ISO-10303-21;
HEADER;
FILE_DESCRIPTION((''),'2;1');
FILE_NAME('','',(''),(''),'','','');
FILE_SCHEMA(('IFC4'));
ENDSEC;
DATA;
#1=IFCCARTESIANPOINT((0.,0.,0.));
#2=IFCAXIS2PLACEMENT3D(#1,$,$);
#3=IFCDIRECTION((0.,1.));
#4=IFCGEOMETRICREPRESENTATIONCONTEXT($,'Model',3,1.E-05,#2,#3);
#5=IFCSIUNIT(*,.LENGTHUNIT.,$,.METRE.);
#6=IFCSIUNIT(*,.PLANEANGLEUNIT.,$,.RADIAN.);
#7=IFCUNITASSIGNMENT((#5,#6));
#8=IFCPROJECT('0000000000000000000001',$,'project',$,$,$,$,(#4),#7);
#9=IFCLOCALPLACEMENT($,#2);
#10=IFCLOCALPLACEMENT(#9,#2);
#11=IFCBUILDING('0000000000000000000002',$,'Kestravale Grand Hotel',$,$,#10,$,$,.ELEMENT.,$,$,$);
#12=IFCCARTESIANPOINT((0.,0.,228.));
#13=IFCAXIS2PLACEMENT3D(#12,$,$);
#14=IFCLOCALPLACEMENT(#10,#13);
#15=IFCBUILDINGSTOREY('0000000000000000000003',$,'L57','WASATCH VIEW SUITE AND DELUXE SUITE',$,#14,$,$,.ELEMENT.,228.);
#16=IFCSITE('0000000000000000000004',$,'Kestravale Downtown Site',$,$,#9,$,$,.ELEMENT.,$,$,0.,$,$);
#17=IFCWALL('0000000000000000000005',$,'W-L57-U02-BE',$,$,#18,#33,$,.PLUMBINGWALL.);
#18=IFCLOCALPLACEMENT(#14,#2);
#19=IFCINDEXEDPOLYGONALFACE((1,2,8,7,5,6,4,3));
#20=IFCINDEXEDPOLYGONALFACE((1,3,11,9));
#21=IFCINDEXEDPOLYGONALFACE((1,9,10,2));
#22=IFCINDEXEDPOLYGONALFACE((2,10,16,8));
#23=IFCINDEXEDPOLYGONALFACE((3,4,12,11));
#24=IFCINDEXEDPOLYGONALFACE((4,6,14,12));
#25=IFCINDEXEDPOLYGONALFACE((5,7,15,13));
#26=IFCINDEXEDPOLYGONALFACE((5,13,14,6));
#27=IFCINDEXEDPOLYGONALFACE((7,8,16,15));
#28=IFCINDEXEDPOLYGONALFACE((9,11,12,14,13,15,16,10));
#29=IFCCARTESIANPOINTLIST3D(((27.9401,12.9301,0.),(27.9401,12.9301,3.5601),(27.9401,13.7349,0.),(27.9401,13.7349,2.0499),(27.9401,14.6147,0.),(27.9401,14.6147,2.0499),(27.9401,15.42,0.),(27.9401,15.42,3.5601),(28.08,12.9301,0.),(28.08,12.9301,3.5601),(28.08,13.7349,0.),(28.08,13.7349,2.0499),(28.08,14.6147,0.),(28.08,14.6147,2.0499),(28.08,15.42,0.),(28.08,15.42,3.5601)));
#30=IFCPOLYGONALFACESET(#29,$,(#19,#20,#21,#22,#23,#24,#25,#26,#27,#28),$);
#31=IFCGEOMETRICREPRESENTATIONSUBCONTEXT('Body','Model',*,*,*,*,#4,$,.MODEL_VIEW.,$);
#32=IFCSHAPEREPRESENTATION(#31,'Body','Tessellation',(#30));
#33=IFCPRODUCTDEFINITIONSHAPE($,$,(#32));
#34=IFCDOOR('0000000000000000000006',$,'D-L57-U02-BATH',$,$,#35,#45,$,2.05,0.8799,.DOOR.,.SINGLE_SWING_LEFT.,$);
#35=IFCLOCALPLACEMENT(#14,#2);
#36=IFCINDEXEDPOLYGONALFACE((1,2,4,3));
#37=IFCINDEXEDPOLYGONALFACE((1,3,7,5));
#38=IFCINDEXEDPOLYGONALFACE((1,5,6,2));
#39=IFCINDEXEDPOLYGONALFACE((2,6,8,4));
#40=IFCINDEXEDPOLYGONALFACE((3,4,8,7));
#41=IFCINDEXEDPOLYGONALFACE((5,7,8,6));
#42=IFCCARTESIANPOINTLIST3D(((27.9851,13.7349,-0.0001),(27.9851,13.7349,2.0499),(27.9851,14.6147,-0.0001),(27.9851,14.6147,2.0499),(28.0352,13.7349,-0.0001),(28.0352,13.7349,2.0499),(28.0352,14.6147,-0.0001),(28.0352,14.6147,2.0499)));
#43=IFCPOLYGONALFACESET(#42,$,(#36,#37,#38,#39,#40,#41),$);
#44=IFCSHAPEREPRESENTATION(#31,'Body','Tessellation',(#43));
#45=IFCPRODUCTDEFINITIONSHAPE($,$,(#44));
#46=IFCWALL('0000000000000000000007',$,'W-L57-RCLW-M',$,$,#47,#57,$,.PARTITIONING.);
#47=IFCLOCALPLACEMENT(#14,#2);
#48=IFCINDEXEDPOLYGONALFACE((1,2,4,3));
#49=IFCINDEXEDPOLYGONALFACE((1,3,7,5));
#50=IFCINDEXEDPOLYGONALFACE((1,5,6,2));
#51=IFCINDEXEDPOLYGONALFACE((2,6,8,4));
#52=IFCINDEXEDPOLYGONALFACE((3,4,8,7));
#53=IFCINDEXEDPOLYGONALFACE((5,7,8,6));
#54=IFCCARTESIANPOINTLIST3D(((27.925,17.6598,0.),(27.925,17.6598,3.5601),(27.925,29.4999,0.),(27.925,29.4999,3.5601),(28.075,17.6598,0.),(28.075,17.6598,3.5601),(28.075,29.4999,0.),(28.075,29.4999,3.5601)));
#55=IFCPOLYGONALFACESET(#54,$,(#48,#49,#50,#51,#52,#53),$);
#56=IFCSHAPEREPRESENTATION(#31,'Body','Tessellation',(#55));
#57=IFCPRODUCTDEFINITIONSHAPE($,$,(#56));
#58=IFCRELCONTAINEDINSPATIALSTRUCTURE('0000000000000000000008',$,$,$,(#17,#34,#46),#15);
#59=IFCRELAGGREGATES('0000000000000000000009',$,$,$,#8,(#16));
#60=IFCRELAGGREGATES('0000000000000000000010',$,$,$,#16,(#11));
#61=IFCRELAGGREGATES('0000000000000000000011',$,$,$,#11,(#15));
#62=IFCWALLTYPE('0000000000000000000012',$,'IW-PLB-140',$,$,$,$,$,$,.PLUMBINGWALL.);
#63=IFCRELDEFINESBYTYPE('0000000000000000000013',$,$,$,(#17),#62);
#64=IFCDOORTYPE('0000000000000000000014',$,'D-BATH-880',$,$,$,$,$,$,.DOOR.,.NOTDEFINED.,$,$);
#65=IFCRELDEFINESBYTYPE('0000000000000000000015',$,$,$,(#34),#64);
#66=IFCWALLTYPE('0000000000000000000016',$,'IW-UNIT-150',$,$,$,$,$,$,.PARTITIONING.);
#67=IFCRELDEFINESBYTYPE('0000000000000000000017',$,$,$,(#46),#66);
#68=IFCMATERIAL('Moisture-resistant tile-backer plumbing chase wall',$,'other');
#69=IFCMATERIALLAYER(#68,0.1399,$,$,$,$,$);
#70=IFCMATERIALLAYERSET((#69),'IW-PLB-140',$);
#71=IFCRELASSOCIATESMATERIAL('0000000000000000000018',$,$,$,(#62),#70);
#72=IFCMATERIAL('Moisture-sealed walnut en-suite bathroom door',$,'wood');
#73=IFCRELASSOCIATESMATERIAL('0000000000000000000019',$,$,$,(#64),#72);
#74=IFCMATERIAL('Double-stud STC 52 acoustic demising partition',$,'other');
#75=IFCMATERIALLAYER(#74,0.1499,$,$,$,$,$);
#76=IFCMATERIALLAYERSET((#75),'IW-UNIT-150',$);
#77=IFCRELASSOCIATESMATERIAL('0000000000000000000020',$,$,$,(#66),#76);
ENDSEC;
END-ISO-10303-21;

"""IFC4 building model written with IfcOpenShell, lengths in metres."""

from ifc_helpers import new_model, si_unit, direction, frame, frame_2d, origin, place, context, subcontext, project, spatial, rectangle, extrude, material, layer, layer_set, type_object, element, fill, save


model = new_model("IFC4")

# Units and contexts
model_context = context("Model", 3, precision=1e-05, world=origin(), true_north=direction((0.0, 1.0)))
body_context = subcontext(model_context, "Body", "Model", "MODEL_VIEW")
ifc_project = project(units=[si_unit("LENGTHUNIT", "METRE"), si_unit("PLANEANGLEUNIT", "RADIAN")], contexts=[model_context])

# Site, building, storey
site_placement = place(None, origin())
site = spatial("IfcSite", under=ifc_project, at=site_placement, Name="Kestravale Downtown Site", CompositionType="ELEMENT", RefElevation=0.0)
building_placement = place(site_placement, origin())
building = spatial("IfcBuilding", under=site, at=building_placement, Name="Kestravale Grand Hotel", CompositionType="ELEMENT")
storey_placement = place(building_placement, frame((0.0, 0.0, 228.0)))
storey = spatial("IfcBuildingStorey", under=building, at=storey_placement, Name="L57", Description="WASATCH VIEW SUITE AND DELUXE SUITE", CompositionType="ELEMENT", Elevation=228.0)

# Wall, opening, door
ifc_material_1 = material(Name="Moisture-resistant tile-backer plumbing chase wall", Category="other")
ifc_layer_1 = layer(ifc_material_1, 0.1399)
ifc_layer_set_1 = layer_set([ifc_layer_1], Name="IW-PLB-140")
wall_type_1 = type_object("IfcWallType", Name="IW-PLB-140", PredefinedType="PLUMBINGWALL", material=ifc_layer_set_1)
wall_1_placement = place(storey_placement, frame((28.01, 12.9299, 0.0), z_axis=(0.0, 0.0, 1.0), x_axis=(0.0, 1.0, 0.0)))
wall_1 = element("IfcWall", 1, at=wall_1_placement, inside=storey, type_object=wall_type_1, Name="W-L57-U02-BE", PredefinedType="PLUMBINGWALL", context=body_context, shape_type="SweptSolid", body=[
    extrude(rectangle(XDim=2.49, YDim=0.1399, at=frame_2d((1.2451, 0.0))), origin(), (0.0, 0.0, 1.0), 3.5601),
])
opening_1_placement = place(wall_1_placement, frame((0.8049, 0.0, 0.0)))
opening_1 = element("IfcOpeningElement", 2, at=opening_1_placement, cuts=wall_1, PredefinedType="OPENING", context=body_context, shape_type="SweptSolid", body=[
    extrude(rectangle(XDim=0.8799, YDim=2.05, at=frame_2d((0.4399, 1.0249))), frame((0.0, 0.0798, 0.0), z_axis=(0.0, -1.0, 0.0), x_axis=(1.0, 0.0, 0.0)), (0.0, 0.0, 1.0), 0.1599),
])
ifc_material_2 = material(Name="Moisture-sealed walnut en-suite bathroom door", Category="wood")
door_type_1 = type_object("IfcDoorType", Name="D-BATH-880", OperationType="NOTDEFINED", PredefinedType="DOOR", material=ifc_material_2)
door_1_placement = place(opening_1_placement, origin())
door_1 = element("IfcDoor", 3, at=door_1_placement, inside=storey, type_object=door_type_1, Name="D-L57-U02-BATH", OperationType="SINGLE_SWING_LEFT", OverallHeight=2.05, OverallWidth=0.8799, PredefinedType="DOOR", context=body_context, shape_type="SweptSolid", body=[
    extrude(rectangle(XDim=0.8799, YDim=2.05, at=frame_2d((0.4399, 1.0249))), frame((0.0, 0.0249, 0.0), z_axis=(0.0, -1.0, 0.0), x_axis=(1.0, 0.0, 0.0)), (0.0, 0.0, 1.0), 0.05),
])
fill(opening_1, door_1)

# Wall
ifc_material_3 = material(Name="Double-stud STC 52 acoustic demising partition", Category="other")
ifc_layer_2 = layer(ifc_material_3, 0.1499)
ifc_layer_set_2 = layer_set([ifc_layer_2], Name="IW-UNIT-150")
wall_type_2 = type_object("IfcWallType", Name="IW-UNIT-150", PredefinedType="PARTITIONING", material=ifc_layer_set_2)
wall_2_placement = place(storey_placement, frame((28.0, 17.6599, 0.0), z_axis=(0.0, 0.0, 1.0), x_axis=(0.0, 1.0, 0.0)))
element("IfcWall", 4, at=wall_2_placement, inside=storey, type_object=wall_type_2, Name="W-L57-RCLW-M", PredefinedType="PARTITIONING", context=body_context, shape_type="SweptSolid", body=[
    extrude(rectangle(XDim=11.8401, YDim=0.1499, at=frame_2d((5.9199, 0.0))), origin(), (0.0, 0.0, 1.0), 3.5601),
])

save(model, "model.ifc")
